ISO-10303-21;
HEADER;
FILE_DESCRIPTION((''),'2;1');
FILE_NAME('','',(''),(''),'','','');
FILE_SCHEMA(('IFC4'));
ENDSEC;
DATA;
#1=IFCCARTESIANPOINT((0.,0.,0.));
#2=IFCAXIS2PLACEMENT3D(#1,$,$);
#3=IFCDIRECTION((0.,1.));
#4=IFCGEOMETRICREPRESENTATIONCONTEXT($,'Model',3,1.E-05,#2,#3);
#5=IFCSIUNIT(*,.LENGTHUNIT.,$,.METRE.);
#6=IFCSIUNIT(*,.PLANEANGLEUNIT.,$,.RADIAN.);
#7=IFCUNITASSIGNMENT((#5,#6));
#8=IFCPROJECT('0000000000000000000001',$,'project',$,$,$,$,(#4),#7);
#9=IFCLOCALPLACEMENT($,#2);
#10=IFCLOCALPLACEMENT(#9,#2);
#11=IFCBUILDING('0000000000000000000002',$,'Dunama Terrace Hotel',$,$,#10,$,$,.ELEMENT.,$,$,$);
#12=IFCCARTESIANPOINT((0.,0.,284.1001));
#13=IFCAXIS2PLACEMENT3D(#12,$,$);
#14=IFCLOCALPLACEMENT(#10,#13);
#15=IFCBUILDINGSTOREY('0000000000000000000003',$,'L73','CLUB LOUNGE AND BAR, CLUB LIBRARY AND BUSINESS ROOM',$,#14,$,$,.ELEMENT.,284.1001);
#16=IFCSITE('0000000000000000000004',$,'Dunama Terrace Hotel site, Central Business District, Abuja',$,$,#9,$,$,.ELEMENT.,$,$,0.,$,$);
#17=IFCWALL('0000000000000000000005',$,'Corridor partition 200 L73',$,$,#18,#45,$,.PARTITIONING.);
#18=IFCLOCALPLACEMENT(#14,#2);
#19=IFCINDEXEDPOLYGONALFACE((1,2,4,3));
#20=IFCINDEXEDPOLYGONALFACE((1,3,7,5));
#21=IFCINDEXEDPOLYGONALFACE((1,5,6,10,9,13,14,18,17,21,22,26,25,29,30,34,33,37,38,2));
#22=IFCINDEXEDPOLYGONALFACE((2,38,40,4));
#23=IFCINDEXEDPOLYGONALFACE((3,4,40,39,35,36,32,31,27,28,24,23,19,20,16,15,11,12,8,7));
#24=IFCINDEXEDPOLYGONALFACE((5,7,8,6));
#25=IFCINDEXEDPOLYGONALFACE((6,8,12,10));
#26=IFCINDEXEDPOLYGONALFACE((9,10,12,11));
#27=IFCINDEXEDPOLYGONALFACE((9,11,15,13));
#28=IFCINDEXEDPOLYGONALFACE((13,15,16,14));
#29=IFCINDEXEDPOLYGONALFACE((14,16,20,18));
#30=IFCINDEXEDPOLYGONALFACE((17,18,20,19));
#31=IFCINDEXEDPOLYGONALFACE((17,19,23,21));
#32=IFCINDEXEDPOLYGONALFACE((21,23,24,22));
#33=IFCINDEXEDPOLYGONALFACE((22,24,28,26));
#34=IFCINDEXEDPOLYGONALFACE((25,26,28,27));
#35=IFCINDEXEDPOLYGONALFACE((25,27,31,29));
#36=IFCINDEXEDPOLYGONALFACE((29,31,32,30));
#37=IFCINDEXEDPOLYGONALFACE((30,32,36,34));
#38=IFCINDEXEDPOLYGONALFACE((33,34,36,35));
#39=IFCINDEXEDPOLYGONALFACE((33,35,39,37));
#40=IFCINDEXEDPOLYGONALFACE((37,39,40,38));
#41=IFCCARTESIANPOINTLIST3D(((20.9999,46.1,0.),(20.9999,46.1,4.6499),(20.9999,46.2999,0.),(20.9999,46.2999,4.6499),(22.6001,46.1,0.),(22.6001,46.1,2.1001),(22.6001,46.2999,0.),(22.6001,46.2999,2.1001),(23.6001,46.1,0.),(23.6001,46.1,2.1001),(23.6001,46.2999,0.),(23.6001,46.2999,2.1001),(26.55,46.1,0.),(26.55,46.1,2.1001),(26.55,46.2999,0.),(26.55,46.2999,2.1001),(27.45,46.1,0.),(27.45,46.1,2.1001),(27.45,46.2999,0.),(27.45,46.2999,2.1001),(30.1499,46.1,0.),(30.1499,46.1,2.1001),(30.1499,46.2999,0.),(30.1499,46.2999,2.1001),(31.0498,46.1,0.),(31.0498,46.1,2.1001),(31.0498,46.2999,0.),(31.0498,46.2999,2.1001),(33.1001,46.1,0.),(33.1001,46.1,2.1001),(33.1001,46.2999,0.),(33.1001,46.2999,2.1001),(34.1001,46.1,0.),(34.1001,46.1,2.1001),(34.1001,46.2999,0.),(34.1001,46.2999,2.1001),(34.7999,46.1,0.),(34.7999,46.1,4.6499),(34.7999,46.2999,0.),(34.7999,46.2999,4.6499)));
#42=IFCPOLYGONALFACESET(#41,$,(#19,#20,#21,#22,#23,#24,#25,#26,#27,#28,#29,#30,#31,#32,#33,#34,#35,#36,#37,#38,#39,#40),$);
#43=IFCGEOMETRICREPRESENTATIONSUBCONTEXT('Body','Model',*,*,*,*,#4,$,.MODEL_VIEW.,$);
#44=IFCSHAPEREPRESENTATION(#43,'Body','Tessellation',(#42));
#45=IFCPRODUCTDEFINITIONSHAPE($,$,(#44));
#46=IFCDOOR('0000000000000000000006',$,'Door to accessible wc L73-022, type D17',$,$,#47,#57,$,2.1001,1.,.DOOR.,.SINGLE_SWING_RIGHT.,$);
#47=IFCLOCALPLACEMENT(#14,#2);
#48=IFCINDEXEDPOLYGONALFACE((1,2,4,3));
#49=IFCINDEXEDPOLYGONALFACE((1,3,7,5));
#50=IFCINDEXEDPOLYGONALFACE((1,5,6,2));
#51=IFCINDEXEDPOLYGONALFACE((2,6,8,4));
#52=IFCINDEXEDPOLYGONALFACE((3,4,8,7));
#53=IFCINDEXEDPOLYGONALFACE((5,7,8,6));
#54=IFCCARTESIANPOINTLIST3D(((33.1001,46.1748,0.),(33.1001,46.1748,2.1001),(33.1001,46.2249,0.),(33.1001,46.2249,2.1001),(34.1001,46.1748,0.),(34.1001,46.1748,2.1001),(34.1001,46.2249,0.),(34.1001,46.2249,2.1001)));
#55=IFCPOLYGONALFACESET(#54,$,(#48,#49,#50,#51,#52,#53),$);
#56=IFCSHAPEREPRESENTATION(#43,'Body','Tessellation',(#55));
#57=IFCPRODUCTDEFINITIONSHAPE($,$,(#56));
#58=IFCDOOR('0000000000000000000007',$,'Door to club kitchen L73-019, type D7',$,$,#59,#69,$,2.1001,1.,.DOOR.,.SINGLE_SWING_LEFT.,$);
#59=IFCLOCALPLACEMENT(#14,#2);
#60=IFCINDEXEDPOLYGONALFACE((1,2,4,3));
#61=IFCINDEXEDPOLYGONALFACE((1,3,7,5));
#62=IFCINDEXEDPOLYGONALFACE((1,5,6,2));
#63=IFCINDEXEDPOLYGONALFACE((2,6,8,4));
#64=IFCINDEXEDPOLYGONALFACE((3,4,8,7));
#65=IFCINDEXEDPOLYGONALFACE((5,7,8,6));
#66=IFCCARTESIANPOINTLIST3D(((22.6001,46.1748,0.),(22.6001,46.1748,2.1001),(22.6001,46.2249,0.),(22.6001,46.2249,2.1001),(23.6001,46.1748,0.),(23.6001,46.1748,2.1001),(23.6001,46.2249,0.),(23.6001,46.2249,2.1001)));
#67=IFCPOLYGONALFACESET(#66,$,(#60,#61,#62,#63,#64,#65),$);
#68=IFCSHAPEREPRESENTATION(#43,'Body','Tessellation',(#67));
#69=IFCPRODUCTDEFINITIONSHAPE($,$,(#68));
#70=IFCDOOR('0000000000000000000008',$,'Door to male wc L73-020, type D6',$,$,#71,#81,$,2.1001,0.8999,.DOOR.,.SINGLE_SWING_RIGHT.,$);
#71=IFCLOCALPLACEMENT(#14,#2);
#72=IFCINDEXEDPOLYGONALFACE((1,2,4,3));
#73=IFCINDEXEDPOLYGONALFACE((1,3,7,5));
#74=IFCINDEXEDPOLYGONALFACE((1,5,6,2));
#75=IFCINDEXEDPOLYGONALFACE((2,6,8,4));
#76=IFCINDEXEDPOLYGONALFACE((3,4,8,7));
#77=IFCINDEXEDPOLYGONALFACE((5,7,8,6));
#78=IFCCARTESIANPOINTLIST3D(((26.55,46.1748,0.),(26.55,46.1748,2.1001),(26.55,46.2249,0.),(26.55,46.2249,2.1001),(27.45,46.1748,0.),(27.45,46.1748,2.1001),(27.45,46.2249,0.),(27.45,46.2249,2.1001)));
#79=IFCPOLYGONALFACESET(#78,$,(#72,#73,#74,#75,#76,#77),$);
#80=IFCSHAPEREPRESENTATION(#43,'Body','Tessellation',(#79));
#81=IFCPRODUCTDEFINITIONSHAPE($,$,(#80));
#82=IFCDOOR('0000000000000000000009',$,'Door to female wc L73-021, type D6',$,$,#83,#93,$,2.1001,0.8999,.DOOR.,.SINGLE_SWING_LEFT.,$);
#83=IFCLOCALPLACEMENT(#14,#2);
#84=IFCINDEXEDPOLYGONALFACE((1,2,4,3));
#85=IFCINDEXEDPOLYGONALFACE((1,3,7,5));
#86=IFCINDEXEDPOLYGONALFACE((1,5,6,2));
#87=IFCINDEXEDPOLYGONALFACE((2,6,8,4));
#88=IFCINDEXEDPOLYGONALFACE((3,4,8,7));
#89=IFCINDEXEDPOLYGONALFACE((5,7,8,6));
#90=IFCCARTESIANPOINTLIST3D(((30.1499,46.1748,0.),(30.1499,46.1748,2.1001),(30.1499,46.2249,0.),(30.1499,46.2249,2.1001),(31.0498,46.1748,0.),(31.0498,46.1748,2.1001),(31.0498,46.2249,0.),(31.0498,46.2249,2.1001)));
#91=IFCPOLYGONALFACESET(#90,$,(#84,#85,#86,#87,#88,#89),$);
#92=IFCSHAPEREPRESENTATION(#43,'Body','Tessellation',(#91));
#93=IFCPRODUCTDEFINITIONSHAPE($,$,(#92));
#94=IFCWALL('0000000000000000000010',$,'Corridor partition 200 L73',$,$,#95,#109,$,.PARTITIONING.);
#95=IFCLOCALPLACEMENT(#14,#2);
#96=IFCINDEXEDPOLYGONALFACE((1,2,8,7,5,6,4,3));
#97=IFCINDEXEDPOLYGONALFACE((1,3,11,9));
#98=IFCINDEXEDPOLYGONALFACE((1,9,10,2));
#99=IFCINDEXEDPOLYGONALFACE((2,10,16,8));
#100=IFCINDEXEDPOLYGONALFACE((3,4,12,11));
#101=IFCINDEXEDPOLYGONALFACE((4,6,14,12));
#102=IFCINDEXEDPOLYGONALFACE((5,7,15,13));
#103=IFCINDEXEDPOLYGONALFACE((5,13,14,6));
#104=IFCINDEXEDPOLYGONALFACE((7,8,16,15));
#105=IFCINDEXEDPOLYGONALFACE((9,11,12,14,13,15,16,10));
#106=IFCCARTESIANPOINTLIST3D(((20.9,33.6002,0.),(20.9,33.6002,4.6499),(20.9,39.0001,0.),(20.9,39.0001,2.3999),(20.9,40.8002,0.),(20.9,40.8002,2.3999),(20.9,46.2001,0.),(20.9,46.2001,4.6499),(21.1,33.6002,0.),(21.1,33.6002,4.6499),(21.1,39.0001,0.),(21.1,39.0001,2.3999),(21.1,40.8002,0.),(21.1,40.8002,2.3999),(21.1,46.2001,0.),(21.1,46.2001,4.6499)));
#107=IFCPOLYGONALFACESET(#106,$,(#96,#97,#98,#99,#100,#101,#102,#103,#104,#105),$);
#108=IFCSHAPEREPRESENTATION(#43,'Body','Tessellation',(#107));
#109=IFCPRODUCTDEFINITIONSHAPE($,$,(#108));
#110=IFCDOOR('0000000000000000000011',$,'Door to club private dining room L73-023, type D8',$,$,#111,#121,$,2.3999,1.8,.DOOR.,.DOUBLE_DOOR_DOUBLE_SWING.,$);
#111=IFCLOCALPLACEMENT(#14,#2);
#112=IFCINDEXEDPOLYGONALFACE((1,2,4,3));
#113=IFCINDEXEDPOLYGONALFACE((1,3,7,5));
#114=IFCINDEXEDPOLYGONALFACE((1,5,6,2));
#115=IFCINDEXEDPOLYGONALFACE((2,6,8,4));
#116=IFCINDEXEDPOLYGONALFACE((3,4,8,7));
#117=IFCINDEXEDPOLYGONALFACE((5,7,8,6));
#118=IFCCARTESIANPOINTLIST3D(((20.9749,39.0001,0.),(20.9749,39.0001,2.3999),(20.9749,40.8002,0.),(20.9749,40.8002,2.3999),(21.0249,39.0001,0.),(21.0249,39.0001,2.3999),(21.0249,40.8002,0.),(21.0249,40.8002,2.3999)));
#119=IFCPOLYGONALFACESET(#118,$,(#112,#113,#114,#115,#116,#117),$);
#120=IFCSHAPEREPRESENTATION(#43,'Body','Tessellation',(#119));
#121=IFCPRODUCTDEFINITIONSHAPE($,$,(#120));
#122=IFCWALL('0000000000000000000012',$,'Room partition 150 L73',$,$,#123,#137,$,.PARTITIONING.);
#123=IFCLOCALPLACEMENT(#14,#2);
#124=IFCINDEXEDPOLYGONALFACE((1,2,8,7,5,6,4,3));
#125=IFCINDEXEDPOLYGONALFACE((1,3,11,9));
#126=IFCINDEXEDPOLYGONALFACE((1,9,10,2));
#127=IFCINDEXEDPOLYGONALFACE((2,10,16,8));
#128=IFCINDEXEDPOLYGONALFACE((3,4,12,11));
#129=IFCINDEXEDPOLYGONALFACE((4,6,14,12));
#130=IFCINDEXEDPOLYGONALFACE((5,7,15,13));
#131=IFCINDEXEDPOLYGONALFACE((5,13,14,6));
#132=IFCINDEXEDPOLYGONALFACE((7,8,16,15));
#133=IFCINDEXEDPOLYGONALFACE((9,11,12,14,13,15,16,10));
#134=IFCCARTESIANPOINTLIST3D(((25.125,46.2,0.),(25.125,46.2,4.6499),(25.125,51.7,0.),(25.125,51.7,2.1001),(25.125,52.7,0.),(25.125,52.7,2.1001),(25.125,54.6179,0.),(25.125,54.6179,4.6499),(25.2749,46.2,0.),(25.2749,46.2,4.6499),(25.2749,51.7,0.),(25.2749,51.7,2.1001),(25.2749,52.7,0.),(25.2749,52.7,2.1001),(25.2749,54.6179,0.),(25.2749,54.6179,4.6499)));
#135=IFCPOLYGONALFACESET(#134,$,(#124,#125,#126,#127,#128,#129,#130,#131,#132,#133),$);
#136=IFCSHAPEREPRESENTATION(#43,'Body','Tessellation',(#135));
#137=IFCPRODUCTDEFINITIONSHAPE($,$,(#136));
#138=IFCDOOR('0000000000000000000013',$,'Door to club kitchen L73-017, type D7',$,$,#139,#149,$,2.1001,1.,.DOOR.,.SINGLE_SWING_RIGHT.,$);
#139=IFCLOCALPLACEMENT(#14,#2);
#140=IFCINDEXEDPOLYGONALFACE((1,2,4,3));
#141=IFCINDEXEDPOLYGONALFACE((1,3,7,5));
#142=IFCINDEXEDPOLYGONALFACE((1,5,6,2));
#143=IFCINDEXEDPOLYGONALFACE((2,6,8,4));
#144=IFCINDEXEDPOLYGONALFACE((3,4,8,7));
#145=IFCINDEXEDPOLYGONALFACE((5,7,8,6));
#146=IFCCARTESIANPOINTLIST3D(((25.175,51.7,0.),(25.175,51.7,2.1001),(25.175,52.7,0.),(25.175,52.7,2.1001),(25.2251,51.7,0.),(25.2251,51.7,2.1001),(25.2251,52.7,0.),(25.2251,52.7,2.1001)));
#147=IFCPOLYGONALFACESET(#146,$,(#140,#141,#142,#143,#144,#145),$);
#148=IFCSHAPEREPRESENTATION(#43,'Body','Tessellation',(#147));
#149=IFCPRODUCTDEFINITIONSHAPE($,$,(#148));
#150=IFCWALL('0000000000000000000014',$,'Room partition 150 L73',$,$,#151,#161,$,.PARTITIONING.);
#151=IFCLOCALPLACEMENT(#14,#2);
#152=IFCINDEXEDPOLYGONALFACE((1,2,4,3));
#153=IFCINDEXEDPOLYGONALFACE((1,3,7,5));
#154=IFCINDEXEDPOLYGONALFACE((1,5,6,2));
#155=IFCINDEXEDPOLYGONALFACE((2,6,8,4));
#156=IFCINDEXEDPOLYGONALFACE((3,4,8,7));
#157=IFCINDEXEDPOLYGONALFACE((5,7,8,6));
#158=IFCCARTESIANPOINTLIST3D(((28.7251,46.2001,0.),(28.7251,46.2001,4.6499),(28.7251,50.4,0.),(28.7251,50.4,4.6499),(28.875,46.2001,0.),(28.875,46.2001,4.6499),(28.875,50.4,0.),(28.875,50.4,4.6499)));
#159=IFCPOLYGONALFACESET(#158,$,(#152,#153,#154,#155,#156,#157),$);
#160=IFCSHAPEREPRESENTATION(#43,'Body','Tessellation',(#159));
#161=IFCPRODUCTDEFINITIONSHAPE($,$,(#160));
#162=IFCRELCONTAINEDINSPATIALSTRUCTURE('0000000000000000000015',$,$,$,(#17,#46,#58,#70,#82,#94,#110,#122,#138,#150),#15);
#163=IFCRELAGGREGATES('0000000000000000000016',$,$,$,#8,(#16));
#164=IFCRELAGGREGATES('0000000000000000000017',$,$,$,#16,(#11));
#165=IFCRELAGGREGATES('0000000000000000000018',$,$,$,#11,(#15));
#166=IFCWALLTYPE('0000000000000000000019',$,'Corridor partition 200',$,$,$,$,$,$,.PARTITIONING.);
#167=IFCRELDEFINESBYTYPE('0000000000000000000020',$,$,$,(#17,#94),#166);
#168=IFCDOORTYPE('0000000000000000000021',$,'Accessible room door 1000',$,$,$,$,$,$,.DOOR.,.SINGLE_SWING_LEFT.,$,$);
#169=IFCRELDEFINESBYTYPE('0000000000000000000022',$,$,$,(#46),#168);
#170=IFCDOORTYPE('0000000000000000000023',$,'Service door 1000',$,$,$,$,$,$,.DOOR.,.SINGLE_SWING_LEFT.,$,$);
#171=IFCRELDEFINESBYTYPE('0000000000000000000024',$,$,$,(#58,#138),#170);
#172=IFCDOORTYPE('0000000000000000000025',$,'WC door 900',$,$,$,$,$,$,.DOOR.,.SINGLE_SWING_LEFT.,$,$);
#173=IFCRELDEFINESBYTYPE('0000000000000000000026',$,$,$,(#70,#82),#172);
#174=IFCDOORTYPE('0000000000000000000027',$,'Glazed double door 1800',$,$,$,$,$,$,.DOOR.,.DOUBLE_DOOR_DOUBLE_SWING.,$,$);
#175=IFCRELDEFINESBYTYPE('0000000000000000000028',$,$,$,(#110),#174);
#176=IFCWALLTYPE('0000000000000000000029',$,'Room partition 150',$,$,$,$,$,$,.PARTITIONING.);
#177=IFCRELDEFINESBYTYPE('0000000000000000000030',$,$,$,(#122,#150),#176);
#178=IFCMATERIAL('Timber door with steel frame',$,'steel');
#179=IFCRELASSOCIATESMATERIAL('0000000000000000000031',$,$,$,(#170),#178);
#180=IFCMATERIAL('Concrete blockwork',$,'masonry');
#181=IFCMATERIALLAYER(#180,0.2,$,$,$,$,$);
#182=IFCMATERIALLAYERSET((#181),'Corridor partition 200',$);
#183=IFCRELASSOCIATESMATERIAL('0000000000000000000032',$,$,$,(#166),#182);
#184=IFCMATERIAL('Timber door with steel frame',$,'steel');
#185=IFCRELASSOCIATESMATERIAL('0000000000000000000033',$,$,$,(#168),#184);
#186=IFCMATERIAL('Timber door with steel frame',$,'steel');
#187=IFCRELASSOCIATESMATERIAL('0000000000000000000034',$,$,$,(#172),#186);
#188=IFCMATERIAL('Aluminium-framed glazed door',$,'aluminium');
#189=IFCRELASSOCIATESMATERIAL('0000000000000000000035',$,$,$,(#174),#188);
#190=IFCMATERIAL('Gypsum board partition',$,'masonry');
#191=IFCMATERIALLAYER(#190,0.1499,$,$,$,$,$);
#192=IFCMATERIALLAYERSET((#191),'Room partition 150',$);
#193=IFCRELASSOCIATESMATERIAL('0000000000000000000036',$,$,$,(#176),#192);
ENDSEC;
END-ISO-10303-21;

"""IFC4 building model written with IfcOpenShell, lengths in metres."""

from ifc_helpers import new_model, si_unit, direction, frame, frame_2d, origin, place, context, subcontext, project, spatial, rectangle, extrude, material, layer, layer_set, type_object, element, fill, save


model = new_model("IFC4")

# Units and contexts
model_context = context("Model", 3, precision=1e-05, world=origin(), true_north=direction((0.0, 1.0)))
body_context = subcontext(model_context, "Body", "Model", "MODEL_VIEW")
ifc_project = project(units=[si_unit("LENGTHUNIT", "METRE"), si_unit("PLANEANGLEUNIT", "RADIAN")], contexts=[model_context])

# Site, building, storey
site_placement = place(None, origin())
site = spatial("IfcSite", under=ifc_project, at=site_placement, Name="Dunama Terrace Hotel site, Central Business District, Abuja", CompositionType="ELEMENT", RefElevation=0.0)
building_placement = place(site_placement, origin())
building = spatial("IfcBuilding", under=site, at=building_placement, Name="Dunama Terrace Hotel", CompositionType="ELEMENT")
storey_placement = place(building_placement, frame((0.0, 0.0, 284.1001)))
storey = spatial("IfcBuildingStorey", under=building, at=storey_placement, Name="L73", Description="CLUB LOUNGE AND BAR, CLUB LIBRARY AND BUSINESS ROOM", CompositionType="ELEMENT", Elevation=284.1001)

# Shared definitions
ifc_material_1 = material(Name="Timber door with steel frame", Category="steel")
door_type_1 = type_object("IfcDoorType", Name="Service door 1000", OperationType="SINGLE_SWING_LEFT", PredefinedType="DOOR", material=ifc_material_1)

# Wall, openings, doors
ifc_material_2 = material(Name="Concrete blockwork", Category="masonry")
ifc_layer_1 = layer(ifc_material_2, 0.2)
ifc_layer_set_1 = layer_set([ifc_layer_1], Name="Corridor partition 200")
wall_type_1 = type_object("IfcWallType", Name="Corridor partition 200", PredefinedType="PARTITIONING", material=ifc_layer_set_1)
wall_1_placement = place(storey_placement, frame((21.0, 46.2, 0.0), z_axis=(0.0, 0.0, 1.0), x_axis=(1.0, 0.0, 0.0)))
wall_1 = element("IfcWall", 1, at=wall_1_placement, inside=storey, type_object=wall_type_1, Name="Corridor partition 200 L73", PredefinedType="PARTITIONING", context=body_context, shape_type="SweptSolid", body=[
    extrude(rectangle(XDim=13.8, YDim=0.2, at=frame_2d((6.8999, 0.0))), origin(), (0.0, 0.0, 1.0), 4.6499),
])
opening_1_placement = place(wall_1_placement, frame((1.6001, 0.0, 0.0)))
opening_1 = element("IfcOpeningElement", 2, at=opening_1_placement, cuts=wall_1, PredefinedType="OPENING", context=body_context, shape_type="SweptSolid", body=[
    extrude(rectangle(XDim=1.0, YDim=2.1001, at=frame_2d((0.5, 1.05))), frame((0.0, 0.1099, 0.0), z_axis=(0.0, -1.0, 0.0), x_axis=(1.0, 0.0, 0.0)), (0.0, 0.0, 1.0), 0.22),
])
opening_2_placement = place(wall_1_placement, frame((5.55, 0.0, 0.0)))
opening_2 = element("IfcOpeningElement", 3, at=opening_2_placement, cuts=wall_1, PredefinedType="OPENING", context=body_context, shape_type="SweptSolid", body=[
    extrude(rectangle(XDim=0.8999, YDim=2.1001, at=frame_2d((0.45, 1.05))), frame((0.0, 0.1099, 0.0), z_axis=(0.0, -1.0, 0.0), x_axis=(1.0, 0.0, 0.0)), (0.0, 0.0, 1.0), 0.22),
])
opening_3_placement = place(wall_1_placement, frame((9.1499, 0.0, 0.0)))
opening_3 = element("IfcOpeningElement", 4, at=opening_3_placement, cuts=wall_1, PredefinedType="OPENING", context=body_context, shape_type="SweptSolid", body=[
    extrude(rectangle(XDim=0.8999, YDim=2.1001, at=frame_2d((0.45, 1.05))), frame((0.0, 0.1099, 0.0), z_axis=(0.0, -1.0, 0.0), x_axis=(1.0, 0.0, 0.0)), (0.0, 0.0, 1.0), 0.22),
])
opening_4_placement = place(wall_1_placement, frame((12.1001, 0.0, 0.0)))
opening_4 = element("IfcOpeningElement", 5, at=opening_4_placement, cuts=wall_1, PredefinedType="OPENING", context=body_context, shape_type="SweptSolid", body=[
    extrude(rectangle(XDim=1.0, YDim=2.1001, at=frame_2d((0.5, 1.05))), frame((0.0, 0.1099, 0.0), z_axis=(0.0, -1.0, 0.0), x_axis=(1.0, 0.0, 0.0)), (0.0, 0.0, 1.0), 0.22),
])
ifc_material_3 = material(Name="Timber door with steel frame", Category="steel")
door_type_2 = type_object("IfcDoorType", Name="Accessible room door 1000", OperationType="SINGLE_SWING_LEFT", PredefinedType="DOOR", material=ifc_material_3)
door_1_placement = place(opening_4_placement, origin())
door_1 = element("IfcDoor", 6, at=door_1_placement, inside=storey, type_object=door_type_2, Name="Door to accessible wc L73-022, type D17", OperationType="SINGLE_SWING_RIGHT", OverallHeight=2.1001, OverallWidth=1.0, PredefinedType="DOOR", context=body_context, shape_type="SweptSolid", body=[
    extrude(rectangle(XDim=1.0, YDim=2.1001, at=frame_2d((0.5, 1.05))), frame((0.0, 0.0249, 0.0), z_axis=(0.0, -1.0, 0.0), x_axis=(1.0, 0.0, 0.0)), (0.0, 0.0, 1.0), 0.05),
])
fill(opening_4, door_1)
door_2_placement = place(opening_1_placement, origin())
door_2 = element("IfcDoor", 7, at=door_2_placement, inside=storey, type_object=door_type_1, Name="Door to club kitchen L73-019, type D7", OperationType="SINGLE_SWING_LEFT", OverallHeight=2.1001, OverallWidth=1.0, PredefinedType="DOOR", context=body_context, shape_type="SweptSolid", body=[
    extrude(rectangle(XDim=1.0, YDim=2.1001, at=frame_2d((0.5, 1.05))), frame((0.0, 0.0249, 0.0), z_axis=(0.0, -1.0, 0.0), x_axis=(1.0, 0.0, 0.0)), (0.0, 0.0, 1.0), 0.05),
])
fill(opening_1, door_2)
ifc_material_4 = material(Name="Timber door with steel frame", Category="steel")
door_type_3 = type_object("IfcDoorType", Name="WC door 900", OperationType="SINGLE_SWING_LEFT", PredefinedType="DOOR", material=ifc_material_4)
door_3_placement = place(opening_2_placement, origin())
door_3 = element("IfcDoor", 8, at=door_3_placement, inside=storey, type_object=door_type_3, Name="Door to male wc L73-020, type D6", OperationType="SINGLE_SWING_RIGHT", OverallHeight=2.1001, OverallWidth=0.8999, PredefinedType="DOOR", context=body_context, shape_type="SweptSolid", body=[
    extrude(rectangle(XDim=0.8999, YDim=2.1001, at=frame_2d((0.45, 1.05))), frame((0.0, 0.0249, 0.0), z_axis=(0.0, -1.0, 0.0), x_axis=(1.0, 0.0, 0.0)), (0.0, 0.0, 1.0), 0.05),
])
fill(opening_2, door_3)
door_4_placement = place(opening_3_placement, origin())
door_4 = element("IfcDoor", 9, at=door_4_placement, inside=storey, type_object=door_type_3, Name="Door to female wc L73-021, type D6", OperationType="SINGLE_SWING_LEFT", OverallHeight=2.1001, OverallWidth=0.8999, PredefinedType="DOOR", context=body_context, shape_type="SweptSolid", body=[
    extrude(rectangle(XDim=0.8999, YDim=2.1001, at=frame_2d((0.45, 1.05))), frame((0.0, 0.0249, 0.0), z_axis=(0.0, -1.0, 0.0), x_axis=(1.0, 0.0, 0.0)), (0.0, 0.0, 1.0), 0.05),
])
fill(opening_3, door_4)

# Walls, openings, doors
wall_2_placement = place(storey_placement, frame((21.0, 46.2, 0.0), z_axis=(0.0, 0.0, 1.0), x_axis=(0.0, -1.0, 0.0)))
wall_2 = element("IfcWall", 10, at=wall_2_placement, inside=storey, type_object=wall_type_1, Name="Corridor partition 200 L73", PredefinedType="PARTITIONING", context=body_context, shape_type="SweptSolid", body=[
    extrude(rectangle(XDim=12.5999, YDim=0.2, at=frame_2d((6.2998, 0.0))), origin(), (0.0, 0.0, 1.0), 4.6499),
])
opening_5_placement = place(wall_2_placement, frame((5.3999, 0.0, 0.0)))
opening_5 = element("IfcOpeningElement", 11, at=opening_5_placement, cuts=wall_2, PredefinedType="OPENING", context=body_context, shape_type="SweptSolid", body=[
    extrude(rectangle(XDim=1.8, YDim=2.3999, at=frame_2d((0.8999, 1.2))), frame((0.0, 0.1099, 0.0), z_axis=(0.0, -1.0, 0.0), x_axis=(1.0, 0.0, 0.0)), (0.0, 0.0, 1.0), 0.22),
])
ifc_material_5 = material(Name="Aluminium-framed glazed door", Category="aluminium")
door_type_4 = type_object("IfcDoorType", Name="Glazed double door 1800", OperationType="DOUBLE_DOOR_DOUBLE_SWING", PredefinedType="DOOR", material=ifc_material_5)
door_5_placement = place(opening_5_placement, origin())
door_5 = element("IfcDoor", 12, at=door_5_placement, inside=storey, type_object=door_type_4, Name="Door to club private dining room L73-023, type D8", OperationType="DOUBLE_DOOR_DOUBLE_SWING", OverallHeight=2.3999, OverallWidth=1.8, PredefinedType="DOOR", context=body_context, shape_type="SweptSolid", body=[
    extrude(rectangle(XDim=1.8, YDim=2.3999, at=frame_2d((0.8999, 1.2))), frame((0.0, 0.0249, 0.0), z_axis=(0.0, -1.0, 0.0), x_axis=(1.0, 0.0, 0.0)), (0.0, 0.0, 1.0), 0.05),
])
fill(opening_5, door_5)
ifc_material_6 = material(Name="Gypsum board partition", Category="masonry")
ifc_layer_2 = layer(ifc_material_6, 0.1499)
ifc_layer_set_2 = layer_set([ifc_layer_2], Name="Room partition 150")
wall_type_2 = type_object("IfcWallType", Name="Room partition 150", PredefinedType="PARTITIONING", material=ifc_layer_set_2)
wall_3_placement = place(storey_placement, frame((25.2, 46.2, 0.0), z_axis=(0.0, 0.0, 1.0), x_axis=(0.0, 1.0, 0.0)))
wall_3 = element("IfcWall", 13, at=wall_3_placement, inside=storey, type_object=wall_type_2, Name="Room partition 150 L73", PredefinedType="PARTITIONING", context=body_context, shape_type="SweptSolid", body=[
    extrude(rectangle(XDim=8.418, YDim=0.1499, at=frame_2d((4.209, 0.0))), origin(), (0.0, 0.0, 1.0), 4.6499),
])
opening_6_placement = place(wall_3_placement, frame((5.5, 0.0, 0.0)))
opening_6 = element("IfcOpeningElement", 14, at=opening_6_placement, cuts=wall_3, PredefinedType="OPENING", context=body_context, shape_type="SweptSolid", body=[
    extrude(rectangle(XDim=1.0, YDim=2.1001, at=frame_2d((0.5, 1.05))), frame((0.0, 0.085, 0.0), z_axis=(0.0, -1.0, 0.0), x_axis=(1.0, 0.0, 0.0)), (0.0, 0.0, 1.0), 0.1699),
])
door_6_placement = place(opening_6_placement, origin())
door_6 = element("IfcDoor", 15, at=door_6_placement, inside=storey, type_object=door_type_1, Name="Door to club kitchen L73-017, type D7", OperationType="SINGLE_SWING_RIGHT", OverallHeight=2.1001, OverallWidth=1.0, PredefinedType="DOOR", context=body_context, shape_type="SweptSolid", body=[
    extrude(rectangle(XDim=1.0, YDim=2.1001, at=frame_2d((0.5, 1.05))), frame((0.0, 0.0249, 0.0), z_axis=(0.0, -1.0, 0.0), x_axis=(1.0, 0.0, 0.0)), (0.0, 0.0, 1.0), 0.05),
])
fill(opening_6, door_6)

# Wall
for number, where, z_axis, x_axis, name in (
    (16, (28.8, 46.2, 0.0), (0.0, 0.0, 1.0), (0.0, 1.0, 0.0), "Room partition 150 L73"),
):
    element("IfcWall", number, at=place(storey_placement, frame(where, z_axis=z_axis, x_axis=x_axis)), inside=storey, type_object=wall_type_2, Name=name, PredefinedType="PARTITIONING", context=body_context, shape_type="SweptSolid", body=[
        extrude(rectangle(XDim=4.2, YDim=0.1499, at=frame_2d((2.1001, 0.0))), origin(), (0.0, 0.0, 1.0), 4.6499),
    ])

save(model, "model.ifc")
